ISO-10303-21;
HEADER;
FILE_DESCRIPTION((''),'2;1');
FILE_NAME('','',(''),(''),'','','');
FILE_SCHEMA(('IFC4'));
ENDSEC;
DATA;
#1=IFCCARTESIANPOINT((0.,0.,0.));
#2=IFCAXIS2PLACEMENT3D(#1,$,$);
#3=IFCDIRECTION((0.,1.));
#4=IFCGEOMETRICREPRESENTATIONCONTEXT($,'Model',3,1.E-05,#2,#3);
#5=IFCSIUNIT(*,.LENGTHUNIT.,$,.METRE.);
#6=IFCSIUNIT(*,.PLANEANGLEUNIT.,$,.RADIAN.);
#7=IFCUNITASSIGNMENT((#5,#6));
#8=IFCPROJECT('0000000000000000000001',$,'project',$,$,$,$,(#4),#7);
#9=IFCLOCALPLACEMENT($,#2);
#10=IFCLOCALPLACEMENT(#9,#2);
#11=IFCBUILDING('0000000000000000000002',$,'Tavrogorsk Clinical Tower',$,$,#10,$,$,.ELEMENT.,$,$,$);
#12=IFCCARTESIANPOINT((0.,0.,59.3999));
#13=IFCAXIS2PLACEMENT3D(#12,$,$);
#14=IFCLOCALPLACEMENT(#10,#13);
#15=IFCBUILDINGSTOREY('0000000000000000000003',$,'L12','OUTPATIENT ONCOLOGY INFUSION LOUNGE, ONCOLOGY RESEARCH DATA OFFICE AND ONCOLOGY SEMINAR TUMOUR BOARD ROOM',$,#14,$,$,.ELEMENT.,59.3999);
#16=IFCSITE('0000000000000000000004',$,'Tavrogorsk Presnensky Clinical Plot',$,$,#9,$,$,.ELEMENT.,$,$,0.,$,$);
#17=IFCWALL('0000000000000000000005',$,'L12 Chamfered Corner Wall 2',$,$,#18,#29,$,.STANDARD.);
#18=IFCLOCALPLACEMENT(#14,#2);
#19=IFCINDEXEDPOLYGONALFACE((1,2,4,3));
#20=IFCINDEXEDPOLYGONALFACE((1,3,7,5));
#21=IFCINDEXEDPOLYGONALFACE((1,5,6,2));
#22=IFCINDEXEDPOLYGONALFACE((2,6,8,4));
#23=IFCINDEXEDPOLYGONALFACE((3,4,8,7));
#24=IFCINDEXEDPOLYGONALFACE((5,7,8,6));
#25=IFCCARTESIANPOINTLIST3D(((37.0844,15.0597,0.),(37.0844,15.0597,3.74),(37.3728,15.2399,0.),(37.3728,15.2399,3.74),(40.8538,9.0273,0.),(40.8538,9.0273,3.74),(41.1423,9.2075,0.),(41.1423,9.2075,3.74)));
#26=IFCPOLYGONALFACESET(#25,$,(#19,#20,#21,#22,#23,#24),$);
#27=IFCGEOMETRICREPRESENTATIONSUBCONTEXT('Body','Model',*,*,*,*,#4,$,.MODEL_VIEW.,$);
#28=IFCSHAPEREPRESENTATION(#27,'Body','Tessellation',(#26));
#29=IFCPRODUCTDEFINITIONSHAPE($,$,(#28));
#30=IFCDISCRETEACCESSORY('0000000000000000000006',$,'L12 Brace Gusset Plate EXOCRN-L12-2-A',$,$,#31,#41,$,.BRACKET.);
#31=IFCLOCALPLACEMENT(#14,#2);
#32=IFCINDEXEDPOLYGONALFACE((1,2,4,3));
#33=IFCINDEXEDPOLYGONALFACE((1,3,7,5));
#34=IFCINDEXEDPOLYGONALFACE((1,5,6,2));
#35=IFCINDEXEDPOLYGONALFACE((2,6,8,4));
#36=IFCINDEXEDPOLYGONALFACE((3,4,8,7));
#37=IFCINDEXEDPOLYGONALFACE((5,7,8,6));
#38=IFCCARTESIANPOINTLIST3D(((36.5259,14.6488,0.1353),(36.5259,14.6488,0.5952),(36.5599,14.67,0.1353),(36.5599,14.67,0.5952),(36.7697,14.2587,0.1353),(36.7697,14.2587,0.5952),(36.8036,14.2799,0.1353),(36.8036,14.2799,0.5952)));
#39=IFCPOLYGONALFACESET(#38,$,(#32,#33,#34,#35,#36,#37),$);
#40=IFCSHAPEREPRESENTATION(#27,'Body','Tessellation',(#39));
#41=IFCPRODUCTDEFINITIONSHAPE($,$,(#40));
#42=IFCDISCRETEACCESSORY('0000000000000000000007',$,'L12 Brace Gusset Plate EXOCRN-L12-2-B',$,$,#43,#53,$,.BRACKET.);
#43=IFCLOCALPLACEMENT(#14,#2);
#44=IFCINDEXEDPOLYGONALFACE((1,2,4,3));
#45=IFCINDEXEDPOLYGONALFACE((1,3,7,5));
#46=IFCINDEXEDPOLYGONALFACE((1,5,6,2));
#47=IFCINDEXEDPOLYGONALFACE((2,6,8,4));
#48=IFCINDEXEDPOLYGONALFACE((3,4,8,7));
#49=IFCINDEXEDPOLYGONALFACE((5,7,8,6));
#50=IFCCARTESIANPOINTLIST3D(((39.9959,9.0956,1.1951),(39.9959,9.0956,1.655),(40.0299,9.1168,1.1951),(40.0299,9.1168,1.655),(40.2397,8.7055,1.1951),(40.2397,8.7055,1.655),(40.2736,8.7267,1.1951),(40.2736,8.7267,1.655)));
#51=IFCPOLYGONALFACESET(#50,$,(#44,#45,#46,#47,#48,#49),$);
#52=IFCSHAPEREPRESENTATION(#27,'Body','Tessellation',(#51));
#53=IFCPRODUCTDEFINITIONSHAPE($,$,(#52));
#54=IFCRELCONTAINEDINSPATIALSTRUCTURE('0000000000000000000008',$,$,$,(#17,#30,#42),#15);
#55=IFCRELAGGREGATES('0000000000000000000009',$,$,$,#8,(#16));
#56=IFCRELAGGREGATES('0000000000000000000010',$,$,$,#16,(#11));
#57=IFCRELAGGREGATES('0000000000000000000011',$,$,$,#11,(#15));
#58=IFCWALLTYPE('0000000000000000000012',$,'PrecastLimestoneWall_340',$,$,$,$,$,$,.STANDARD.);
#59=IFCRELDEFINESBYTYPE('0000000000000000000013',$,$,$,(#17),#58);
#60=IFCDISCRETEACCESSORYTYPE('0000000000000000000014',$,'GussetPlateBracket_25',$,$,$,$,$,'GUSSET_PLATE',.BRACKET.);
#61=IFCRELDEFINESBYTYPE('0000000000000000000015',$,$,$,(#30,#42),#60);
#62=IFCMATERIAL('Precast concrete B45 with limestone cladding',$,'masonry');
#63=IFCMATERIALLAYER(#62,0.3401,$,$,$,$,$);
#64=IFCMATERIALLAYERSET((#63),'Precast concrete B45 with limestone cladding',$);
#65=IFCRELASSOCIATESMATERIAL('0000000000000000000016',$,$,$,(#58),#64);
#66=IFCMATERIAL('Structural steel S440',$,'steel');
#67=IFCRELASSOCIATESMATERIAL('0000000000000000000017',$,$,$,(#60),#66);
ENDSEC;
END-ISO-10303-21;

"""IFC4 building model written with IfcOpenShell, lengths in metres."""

from ifc_helpers import new_model, si_unit, direction, frame, frame_2d, origin, origin_2d, place, context, subcontext, project, spatial, rectangle, extrude, material, layer, layer_set, type_object, element, save


model = new_model("IFC4")

# Units and contexts
model_context = context("Model", 3, precision=1e-05, world=origin(), true_north=direction((0.0, 1.0)))
body_context = subcontext(model_context, "Body", "Model", "MODEL_VIEW")
ifc_project = project(units=[si_unit("LENGTHUNIT", "METRE"), si_unit("PLANEANGLEUNIT", "RADIAN")], contexts=[model_context])

# Site, building, storey
site_placement = place(None, origin())
site = spatial("IfcSite", under=ifc_project, at=site_placement, Name="Tavrogorsk Presnensky Clinical Plot", CompositionType="ELEMENT", RefElevation=0.0)
building_placement = place(site_placement, origin())
building = spatial("IfcBuilding", under=site, at=building_placement, Name="Tavrogorsk Clinical Tower", CompositionType="ELEMENT")
storey_placement = place(building_placement, frame((0.0, 0.0, 59.3999)))
storey = spatial("IfcBuildingStorey", under=building, at=storey_placement, Name="L12", Description="OUTPATIENT ONCOLOGY INFUSION LOUNGE, ONCOLOGY RESEARCH DATA OFFICE AND ONCOLOGY SEMINAR TUMOUR BOARD ROOM", CompositionType="ELEMENT", Elevation=59.3999)

# Shared definitions
ifc_material_1 = material(Name="Precast concrete B45 with limestone cladding", Category="masonry")
ifc_layer_1 = layer(ifc_material_1, 0.3401)
ifc_layer_set_1 = layer_set([ifc_layer_1], Name="Precast concrete B45 with limestone cladding")
wall_type_1 = type_object("IfcWallType", Name="PrecastLimestoneWall_340", PredefinedType="STANDARD", material=ifc_layer_set_1)

# Wall
wall_1_placement = place(storey_placement, frame((40.998, 9.1174, 0.0), z_axis=(0.0, 0.0, 1.0), x_axis=(-0.529922, 0.848047, 0.0)))
element("IfcWall", 1, at=wall_1_placement, inside=storey, type_object=wall_type_1, Name="L12 Chamfered Corner Wall 2", PredefinedType="STANDARD", context=body_context, shape_type="SweptSolid", body=[
    extrude(rectangle(XDim=7.1133, YDim=0.3401, at=frame_2d((3.5566, 0.0))), origin(), (0.0, 0.0, 1.0), 3.74),
])

# Discrete accessories
ifc_material_2 = material(Name="Structural steel S440", Category="steel")
discrete_accessory_type = type_object("IfcDiscreteAccessoryType", Name="GussetPlateBracket_25", ElementType="GUSSET_PLATE", PredefinedType="BRACKET", material=ifc_material_2)
for number, where, z_axis, x_axis, name in (
    (2, (36.6648, 14.4644, 0.1353), (0.0, 0.0, 1.0), (0.529919, -0.848048, 0.0), "L12 Brace Gusset Plate EXOCRN-L12-2-A"),
    (3, (40.1348, 8.9111, 1.1951), (0.0, 0.0, 1.0), (0.529919, -0.848048, 0.0), "L12 Brace Gusset Plate EXOCRN-L12-2-B"),
):
    element("IfcDiscreteAccessory", number, at=place(storey_placement, frame(where, z_axis=z_axis, x_axis=x_axis)), inside=storey, type_object=discrete_accessory_type, Name=name, PredefinedType="BRACKET", context=body_context, shape_type="SweptSolid", body=[
        extrude(rectangle(XDim=0.46, YDim=0.04, at=origin_2d()), origin(), (0.0, 0.0, 1.0), 0.46),
    ])

save(model, "model.ifc")
